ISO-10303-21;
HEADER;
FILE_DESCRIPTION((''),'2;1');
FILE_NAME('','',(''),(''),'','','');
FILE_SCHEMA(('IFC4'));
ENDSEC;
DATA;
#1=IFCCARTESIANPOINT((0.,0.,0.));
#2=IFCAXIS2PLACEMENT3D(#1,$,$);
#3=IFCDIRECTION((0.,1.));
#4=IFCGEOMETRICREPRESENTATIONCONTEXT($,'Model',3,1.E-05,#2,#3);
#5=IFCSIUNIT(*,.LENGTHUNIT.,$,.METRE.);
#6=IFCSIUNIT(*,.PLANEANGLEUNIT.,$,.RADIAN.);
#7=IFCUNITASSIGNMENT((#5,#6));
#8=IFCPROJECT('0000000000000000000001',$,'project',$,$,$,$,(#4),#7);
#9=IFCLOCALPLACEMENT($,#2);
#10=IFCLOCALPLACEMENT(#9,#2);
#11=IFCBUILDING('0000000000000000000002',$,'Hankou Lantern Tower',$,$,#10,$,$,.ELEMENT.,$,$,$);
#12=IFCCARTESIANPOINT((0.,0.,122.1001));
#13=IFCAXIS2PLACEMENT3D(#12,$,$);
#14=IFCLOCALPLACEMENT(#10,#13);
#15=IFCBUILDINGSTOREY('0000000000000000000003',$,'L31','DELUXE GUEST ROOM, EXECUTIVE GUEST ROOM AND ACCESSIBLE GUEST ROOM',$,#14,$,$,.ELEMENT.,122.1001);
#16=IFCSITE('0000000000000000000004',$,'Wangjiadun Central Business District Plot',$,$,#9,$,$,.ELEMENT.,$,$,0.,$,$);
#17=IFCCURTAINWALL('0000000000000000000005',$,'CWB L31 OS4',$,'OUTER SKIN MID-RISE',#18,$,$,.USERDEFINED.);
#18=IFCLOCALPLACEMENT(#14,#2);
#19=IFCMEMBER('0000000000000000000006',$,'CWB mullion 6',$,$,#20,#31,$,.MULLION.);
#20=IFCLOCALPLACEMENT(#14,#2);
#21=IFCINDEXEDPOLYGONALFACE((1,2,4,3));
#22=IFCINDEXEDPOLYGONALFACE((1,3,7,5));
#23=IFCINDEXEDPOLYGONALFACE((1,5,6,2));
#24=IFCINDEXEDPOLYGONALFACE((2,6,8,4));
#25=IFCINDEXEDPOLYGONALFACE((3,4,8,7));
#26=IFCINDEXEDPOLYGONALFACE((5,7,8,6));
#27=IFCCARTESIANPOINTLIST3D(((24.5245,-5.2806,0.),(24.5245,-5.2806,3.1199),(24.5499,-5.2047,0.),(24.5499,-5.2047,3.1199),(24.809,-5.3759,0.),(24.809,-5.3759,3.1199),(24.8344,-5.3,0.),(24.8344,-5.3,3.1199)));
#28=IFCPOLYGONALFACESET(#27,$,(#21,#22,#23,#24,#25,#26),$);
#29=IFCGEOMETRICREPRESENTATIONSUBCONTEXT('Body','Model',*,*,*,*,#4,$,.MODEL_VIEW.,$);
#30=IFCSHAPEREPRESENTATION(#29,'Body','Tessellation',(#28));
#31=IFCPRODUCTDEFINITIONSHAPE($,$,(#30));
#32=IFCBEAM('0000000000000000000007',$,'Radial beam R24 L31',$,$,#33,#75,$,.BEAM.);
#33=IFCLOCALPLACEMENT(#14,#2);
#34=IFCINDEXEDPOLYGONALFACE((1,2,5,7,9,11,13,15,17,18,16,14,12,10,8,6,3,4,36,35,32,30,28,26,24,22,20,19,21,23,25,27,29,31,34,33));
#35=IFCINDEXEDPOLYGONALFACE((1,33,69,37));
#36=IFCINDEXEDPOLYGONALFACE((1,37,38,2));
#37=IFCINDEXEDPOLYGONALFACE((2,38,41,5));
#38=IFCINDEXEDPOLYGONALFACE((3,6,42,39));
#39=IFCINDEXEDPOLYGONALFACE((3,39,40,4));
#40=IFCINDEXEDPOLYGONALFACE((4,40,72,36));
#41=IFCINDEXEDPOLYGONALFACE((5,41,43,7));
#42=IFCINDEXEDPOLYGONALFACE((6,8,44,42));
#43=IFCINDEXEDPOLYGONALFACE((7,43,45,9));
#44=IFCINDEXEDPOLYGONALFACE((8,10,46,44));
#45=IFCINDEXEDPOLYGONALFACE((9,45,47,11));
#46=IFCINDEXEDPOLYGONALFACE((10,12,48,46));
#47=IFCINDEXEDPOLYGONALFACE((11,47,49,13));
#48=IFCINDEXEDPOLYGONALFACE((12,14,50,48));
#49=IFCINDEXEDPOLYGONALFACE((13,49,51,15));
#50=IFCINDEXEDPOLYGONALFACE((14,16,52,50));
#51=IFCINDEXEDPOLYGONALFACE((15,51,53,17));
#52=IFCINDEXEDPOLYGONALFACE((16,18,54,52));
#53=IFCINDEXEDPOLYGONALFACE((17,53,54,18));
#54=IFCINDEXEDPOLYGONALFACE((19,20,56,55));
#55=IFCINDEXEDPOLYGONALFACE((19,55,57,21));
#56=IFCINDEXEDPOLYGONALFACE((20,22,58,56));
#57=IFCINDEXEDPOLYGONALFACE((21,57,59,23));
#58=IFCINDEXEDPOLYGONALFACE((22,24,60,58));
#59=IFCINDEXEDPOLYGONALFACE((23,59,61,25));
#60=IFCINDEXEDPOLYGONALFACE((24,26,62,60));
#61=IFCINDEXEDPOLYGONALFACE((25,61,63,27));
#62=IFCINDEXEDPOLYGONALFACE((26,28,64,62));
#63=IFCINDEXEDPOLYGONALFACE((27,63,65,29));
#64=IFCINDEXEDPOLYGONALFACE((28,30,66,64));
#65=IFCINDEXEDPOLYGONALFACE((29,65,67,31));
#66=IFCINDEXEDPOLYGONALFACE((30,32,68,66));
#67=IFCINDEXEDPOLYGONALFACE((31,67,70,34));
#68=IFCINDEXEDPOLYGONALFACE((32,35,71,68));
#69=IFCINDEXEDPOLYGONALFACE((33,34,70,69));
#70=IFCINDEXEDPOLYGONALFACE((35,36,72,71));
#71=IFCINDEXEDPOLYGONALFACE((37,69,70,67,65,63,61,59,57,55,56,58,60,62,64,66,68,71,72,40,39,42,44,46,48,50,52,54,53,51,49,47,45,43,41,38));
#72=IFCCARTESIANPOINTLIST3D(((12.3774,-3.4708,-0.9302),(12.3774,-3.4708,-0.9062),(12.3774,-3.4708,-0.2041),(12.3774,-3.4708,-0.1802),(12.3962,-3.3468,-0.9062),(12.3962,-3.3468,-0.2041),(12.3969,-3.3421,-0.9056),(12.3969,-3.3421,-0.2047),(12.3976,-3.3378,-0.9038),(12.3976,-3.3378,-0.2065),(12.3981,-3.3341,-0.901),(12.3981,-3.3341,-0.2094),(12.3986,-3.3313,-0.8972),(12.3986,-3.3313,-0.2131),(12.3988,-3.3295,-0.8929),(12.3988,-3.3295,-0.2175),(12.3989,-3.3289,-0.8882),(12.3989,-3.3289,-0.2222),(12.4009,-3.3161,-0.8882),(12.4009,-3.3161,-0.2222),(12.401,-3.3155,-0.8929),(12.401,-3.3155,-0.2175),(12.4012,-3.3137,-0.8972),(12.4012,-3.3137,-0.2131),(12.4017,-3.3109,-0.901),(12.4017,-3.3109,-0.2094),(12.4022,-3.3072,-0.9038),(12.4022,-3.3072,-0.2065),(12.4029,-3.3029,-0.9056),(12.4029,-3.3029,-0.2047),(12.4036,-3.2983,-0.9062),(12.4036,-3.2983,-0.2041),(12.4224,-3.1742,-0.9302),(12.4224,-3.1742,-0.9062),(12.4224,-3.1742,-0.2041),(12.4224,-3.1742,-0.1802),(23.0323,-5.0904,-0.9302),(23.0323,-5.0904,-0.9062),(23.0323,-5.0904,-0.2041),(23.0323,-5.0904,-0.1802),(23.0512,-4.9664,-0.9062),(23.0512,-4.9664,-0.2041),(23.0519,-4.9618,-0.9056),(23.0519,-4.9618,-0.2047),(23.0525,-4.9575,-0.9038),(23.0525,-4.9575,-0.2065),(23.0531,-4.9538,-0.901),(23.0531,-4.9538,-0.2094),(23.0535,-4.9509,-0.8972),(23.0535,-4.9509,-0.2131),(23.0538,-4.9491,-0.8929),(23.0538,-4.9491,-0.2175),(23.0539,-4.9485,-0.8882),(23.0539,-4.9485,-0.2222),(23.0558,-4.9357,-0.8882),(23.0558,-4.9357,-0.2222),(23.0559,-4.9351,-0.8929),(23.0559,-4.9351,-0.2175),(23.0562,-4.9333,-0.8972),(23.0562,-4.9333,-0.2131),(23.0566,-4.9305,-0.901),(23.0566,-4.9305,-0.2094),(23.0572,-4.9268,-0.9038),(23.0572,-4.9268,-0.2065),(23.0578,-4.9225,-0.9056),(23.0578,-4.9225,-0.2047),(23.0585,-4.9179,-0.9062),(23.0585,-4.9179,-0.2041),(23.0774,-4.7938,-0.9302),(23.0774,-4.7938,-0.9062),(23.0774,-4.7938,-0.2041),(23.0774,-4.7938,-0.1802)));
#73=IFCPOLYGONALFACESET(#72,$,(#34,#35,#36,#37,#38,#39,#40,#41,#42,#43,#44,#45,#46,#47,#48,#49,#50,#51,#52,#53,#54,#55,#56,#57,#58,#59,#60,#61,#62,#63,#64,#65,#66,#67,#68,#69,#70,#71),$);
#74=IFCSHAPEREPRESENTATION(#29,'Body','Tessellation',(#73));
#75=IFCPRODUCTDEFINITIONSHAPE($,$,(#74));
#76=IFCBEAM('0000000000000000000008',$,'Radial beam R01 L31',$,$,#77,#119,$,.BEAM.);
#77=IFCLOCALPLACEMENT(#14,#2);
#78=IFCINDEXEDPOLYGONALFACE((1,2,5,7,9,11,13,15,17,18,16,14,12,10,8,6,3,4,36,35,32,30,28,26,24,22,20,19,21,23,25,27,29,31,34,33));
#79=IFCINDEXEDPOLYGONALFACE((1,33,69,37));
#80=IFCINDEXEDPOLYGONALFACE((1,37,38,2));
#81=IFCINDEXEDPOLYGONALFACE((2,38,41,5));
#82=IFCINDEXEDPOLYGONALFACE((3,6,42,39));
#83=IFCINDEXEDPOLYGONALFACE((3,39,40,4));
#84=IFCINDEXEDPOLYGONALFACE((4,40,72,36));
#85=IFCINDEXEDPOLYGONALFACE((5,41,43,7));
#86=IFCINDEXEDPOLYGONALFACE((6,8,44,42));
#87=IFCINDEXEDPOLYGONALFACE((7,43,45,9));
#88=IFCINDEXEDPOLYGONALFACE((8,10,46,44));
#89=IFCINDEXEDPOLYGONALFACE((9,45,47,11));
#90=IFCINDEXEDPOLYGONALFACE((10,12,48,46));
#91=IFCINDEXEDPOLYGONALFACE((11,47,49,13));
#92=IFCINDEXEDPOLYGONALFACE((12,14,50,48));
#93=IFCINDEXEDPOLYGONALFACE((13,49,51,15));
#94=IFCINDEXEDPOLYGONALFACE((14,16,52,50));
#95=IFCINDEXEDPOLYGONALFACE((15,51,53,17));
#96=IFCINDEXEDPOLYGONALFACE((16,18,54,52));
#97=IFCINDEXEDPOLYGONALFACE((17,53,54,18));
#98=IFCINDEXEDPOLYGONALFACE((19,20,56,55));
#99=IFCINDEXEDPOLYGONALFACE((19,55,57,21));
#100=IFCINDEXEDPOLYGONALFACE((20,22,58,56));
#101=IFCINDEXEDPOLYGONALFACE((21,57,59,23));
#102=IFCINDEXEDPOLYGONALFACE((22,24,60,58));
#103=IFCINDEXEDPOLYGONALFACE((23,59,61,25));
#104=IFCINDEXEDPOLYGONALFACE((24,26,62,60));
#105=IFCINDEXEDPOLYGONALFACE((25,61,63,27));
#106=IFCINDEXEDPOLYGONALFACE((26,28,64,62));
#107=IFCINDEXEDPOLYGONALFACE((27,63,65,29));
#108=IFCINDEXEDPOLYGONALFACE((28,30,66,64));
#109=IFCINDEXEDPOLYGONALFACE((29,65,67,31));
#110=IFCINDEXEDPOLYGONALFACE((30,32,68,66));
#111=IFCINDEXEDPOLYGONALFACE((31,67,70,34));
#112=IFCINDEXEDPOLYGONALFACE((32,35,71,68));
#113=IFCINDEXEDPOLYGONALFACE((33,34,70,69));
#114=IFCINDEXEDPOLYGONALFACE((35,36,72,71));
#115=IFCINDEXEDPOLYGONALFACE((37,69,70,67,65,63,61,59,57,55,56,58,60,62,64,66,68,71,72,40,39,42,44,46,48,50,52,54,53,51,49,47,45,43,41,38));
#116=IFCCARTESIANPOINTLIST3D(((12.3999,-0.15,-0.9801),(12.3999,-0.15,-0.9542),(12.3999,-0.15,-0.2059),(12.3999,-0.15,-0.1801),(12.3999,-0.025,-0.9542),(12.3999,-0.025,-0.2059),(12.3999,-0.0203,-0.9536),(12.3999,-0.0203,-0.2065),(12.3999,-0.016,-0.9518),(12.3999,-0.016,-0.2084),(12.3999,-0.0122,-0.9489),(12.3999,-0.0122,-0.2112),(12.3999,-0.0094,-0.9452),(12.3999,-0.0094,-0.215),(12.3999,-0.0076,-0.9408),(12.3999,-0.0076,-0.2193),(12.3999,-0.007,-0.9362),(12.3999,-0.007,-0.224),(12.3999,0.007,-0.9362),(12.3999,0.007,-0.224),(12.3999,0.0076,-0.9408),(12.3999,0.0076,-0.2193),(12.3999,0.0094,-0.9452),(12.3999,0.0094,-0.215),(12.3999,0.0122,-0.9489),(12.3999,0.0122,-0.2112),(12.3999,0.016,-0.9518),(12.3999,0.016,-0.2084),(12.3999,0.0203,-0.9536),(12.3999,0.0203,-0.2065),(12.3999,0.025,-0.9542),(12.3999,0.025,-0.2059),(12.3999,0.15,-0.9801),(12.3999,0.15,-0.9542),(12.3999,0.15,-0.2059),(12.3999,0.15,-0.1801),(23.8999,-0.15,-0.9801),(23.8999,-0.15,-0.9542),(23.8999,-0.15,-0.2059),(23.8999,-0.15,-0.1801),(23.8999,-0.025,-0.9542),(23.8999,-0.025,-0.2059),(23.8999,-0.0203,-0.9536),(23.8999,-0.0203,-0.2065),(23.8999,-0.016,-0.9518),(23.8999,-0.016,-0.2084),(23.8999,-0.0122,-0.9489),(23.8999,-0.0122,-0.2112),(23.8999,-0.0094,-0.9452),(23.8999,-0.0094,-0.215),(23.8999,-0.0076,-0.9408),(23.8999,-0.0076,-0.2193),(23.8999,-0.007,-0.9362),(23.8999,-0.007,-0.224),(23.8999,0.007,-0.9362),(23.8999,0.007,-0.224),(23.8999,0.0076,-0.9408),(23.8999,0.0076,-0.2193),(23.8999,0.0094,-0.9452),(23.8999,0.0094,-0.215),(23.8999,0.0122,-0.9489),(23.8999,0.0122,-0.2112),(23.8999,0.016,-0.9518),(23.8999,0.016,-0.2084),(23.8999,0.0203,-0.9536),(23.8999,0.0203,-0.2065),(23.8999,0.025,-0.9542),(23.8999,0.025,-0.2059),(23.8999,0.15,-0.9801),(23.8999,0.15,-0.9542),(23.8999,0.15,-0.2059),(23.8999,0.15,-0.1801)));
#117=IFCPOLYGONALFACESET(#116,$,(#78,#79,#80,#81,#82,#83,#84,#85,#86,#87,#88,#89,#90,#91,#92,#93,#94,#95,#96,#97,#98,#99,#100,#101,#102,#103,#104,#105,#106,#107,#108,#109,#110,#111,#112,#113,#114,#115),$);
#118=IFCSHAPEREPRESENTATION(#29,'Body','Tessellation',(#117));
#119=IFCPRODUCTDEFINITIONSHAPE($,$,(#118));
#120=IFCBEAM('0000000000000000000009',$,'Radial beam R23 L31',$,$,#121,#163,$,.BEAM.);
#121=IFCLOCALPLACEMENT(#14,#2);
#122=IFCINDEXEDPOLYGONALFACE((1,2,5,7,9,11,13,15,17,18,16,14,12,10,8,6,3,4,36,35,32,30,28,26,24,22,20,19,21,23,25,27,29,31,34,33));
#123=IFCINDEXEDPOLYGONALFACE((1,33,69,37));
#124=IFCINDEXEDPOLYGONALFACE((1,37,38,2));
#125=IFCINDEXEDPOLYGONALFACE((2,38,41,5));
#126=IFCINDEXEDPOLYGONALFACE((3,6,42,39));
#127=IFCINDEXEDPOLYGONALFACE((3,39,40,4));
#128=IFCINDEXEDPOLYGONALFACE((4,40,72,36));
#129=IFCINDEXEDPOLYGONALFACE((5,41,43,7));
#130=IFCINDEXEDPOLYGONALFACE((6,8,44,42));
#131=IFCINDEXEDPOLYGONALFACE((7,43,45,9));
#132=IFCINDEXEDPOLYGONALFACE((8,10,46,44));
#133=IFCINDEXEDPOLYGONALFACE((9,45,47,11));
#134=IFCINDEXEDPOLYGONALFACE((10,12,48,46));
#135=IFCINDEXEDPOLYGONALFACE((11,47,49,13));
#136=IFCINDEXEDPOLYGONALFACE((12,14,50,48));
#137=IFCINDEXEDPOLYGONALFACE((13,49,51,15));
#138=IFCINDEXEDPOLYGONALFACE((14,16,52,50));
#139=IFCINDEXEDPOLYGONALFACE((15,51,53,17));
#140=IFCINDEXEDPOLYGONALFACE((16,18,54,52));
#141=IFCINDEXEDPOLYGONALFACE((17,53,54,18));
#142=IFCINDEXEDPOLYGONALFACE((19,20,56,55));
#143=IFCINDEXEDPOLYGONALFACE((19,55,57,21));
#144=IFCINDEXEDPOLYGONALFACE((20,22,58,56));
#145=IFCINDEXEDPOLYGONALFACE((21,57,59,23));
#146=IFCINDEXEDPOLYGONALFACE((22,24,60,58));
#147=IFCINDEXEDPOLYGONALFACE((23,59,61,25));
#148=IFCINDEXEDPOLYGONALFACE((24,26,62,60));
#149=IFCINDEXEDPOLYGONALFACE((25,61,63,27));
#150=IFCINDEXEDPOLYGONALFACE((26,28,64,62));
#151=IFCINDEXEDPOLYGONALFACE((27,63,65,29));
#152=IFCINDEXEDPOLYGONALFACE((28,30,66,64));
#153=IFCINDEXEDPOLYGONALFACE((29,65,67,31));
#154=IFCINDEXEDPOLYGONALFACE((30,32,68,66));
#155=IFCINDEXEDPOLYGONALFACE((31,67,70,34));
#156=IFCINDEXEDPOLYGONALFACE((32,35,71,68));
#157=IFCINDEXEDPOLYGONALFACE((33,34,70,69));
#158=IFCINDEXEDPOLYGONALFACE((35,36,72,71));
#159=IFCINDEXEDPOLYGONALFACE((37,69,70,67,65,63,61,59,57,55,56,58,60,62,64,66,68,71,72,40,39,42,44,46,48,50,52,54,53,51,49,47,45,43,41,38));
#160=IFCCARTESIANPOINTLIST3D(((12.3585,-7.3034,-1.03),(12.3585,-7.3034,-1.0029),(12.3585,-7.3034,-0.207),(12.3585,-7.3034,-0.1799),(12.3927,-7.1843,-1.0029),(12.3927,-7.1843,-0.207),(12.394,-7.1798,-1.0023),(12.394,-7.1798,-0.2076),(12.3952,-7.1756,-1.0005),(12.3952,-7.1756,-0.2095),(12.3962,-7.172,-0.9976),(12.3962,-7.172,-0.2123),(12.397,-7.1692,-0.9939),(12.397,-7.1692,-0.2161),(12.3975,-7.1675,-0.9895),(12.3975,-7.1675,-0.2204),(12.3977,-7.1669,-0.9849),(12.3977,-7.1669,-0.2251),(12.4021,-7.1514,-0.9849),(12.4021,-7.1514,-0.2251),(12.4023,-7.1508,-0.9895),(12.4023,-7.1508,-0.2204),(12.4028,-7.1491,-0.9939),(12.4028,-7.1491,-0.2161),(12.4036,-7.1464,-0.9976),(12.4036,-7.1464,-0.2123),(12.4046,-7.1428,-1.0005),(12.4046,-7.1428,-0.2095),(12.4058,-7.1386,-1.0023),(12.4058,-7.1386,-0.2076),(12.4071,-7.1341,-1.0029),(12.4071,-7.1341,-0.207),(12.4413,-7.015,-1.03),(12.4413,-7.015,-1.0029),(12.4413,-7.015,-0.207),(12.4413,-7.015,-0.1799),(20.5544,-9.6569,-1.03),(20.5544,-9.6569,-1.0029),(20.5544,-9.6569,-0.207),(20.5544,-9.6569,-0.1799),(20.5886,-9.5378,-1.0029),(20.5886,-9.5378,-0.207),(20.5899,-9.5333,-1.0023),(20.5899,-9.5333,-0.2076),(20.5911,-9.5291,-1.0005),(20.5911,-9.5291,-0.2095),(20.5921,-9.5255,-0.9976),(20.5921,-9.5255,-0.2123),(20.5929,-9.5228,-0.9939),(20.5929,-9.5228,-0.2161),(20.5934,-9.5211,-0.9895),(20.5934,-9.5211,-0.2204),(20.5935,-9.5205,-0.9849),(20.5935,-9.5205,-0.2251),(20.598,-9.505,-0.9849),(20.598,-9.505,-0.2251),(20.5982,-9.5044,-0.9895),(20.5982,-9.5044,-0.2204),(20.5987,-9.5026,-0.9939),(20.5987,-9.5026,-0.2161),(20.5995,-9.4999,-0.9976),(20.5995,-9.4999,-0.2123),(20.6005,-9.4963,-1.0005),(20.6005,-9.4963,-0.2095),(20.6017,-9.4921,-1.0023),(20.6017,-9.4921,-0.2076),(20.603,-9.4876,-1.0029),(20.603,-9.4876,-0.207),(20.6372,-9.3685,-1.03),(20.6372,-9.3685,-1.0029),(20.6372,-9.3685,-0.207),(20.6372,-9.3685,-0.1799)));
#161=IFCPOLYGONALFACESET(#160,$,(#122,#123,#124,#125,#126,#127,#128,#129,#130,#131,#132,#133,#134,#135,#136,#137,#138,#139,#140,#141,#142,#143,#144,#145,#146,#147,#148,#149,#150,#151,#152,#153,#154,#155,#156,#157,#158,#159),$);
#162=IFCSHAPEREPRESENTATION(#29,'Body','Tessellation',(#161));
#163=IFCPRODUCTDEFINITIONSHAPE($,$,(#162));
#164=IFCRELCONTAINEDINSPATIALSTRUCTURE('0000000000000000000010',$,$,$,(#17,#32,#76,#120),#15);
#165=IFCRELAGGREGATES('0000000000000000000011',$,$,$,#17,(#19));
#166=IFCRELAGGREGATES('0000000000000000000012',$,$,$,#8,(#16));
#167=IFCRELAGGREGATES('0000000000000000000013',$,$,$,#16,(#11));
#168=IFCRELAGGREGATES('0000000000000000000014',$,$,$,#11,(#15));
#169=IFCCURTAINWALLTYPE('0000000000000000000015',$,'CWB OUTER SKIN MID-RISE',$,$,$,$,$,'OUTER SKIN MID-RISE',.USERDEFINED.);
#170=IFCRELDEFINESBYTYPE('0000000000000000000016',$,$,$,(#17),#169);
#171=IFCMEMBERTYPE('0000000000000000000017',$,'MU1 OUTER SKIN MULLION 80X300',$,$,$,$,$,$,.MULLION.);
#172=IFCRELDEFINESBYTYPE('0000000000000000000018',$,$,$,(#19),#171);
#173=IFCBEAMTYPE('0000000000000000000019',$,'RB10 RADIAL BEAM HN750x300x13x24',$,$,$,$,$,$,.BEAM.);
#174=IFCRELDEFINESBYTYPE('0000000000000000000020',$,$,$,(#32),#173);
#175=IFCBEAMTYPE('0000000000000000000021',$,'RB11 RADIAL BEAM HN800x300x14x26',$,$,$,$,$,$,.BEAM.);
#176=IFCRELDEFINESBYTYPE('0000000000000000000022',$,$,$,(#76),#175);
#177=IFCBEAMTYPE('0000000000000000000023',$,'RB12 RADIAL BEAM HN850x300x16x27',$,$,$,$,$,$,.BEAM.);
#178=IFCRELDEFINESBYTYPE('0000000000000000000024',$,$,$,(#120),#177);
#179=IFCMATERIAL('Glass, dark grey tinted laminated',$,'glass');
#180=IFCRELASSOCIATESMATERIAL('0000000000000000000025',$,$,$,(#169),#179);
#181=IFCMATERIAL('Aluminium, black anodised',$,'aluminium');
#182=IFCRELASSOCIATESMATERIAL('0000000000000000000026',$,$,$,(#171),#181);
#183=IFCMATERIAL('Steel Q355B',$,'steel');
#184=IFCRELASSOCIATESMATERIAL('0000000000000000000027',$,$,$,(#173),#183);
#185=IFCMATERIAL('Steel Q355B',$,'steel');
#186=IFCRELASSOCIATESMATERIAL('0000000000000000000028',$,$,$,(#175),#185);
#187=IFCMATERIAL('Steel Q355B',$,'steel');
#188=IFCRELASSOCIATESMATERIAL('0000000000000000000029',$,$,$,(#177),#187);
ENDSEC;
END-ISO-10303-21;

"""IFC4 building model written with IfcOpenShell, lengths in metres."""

from ifc_helpers import new_model, si_unit, direction, frame, origin, origin_2d, place, context, subcontext, project, spatial, rectangle, i_section, extrude, material, material_profile, profile_set, type_object, element, aggregate, save


model = new_model("IFC4")

# Units and contexts
model_context = context("Model", 3, precision=1e-05, world=origin(), true_north=direction((0.0, 1.0)))
body_context = subcontext(model_context, "Body", "Model", "MODEL_VIEW")
ifc_project = project(units=[si_unit("LENGTHUNIT", "METRE"), si_unit("PLANEANGLEUNIT", "RADIAN")], contexts=[model_context])

# Site, building, storey
site_placement = place(None, origin())
site = spatial("IfcSite", under=ifc_project, at=site_placement, Name="Wangjiadun Central Business District Plot", CompositionType="ELEMENT", RefElevation=0.0)
building_placement = place(site_placement, origin())
building = spatial("IfcBuilding", under=site, at=building_placement, Name="Hankou Lantern Tower", CompositionType="ELEMENT")
storey_placement = place(building_placement, frame((0.0, 0.0, 122.1001)))
storey = spatial("IfcBuildingStorey", under=building, at=storey_placement, Name="L31", Description="DELUXE GUEST ROOM, EXECUTIVE GUEST ROOM AND ACCESSIBLE GUEST ROOM", CompositionType="ELEMENT", Elevation=122.1001)

# Curtain wall, member
ifc_material_1 = material(Name="Glass, dark grey tinted laminated", Category="glass")
curtain_wall_type = type_object("IfcCurtainWallType", Name="CWB OUTER SKIN MID-RISE", ElementType="OUTER SKIN MID-RISE", PredefinedType="USERDEFINED", material=ifc_material_1)
curtain_wall_placement = place(storey_placement, origin())
curtain_wall = element("IfcCurtainWall", 1, at=curtain_wall_placement, inside=storey, type_object=curtain_wall_type, Name="CWB L31 OS4", ObjectType="OUTER SKIN MID-RISE", PredefinedType="USERDEFINED")
ifc_material_2 = material(Name="Aluminium, black anodised", Category="aluminium")
ifc_material_profile_1 = material_profile(ifc_material_2, rectangle(XDim=0.0801, YDim=0.3, at=origin_2d()), Name="MU1 80X300")
ifc_profile_set_1 = profile_set([ifc_material_profile_1], Name="Aluminium, black anodised")
member_type_1 = type_object("IfcMemberType", Name="MU1 OUTER SKIN MULLION 80X300", PredefinedType="MULLION", material=ifc_profile_set_1)
member_1_placement = place(storey_placement, frame((24.6794, -5.2903, 0.0), z_axis=(0.0, 0.0, 1.0), x_axis=(0.317596, 0.948226, 0.0)))
member_1 = element("IfcMember", 2, at=member_1_placement, type_object=member_type_1, Name="CWB mullion 6", PredefinedType="MULLION", context=body_context, shape_type="SweptSolid", body=[
    extrude(rectangle(XDim=0.0801, YDim=0.3, at=origin_2d()), origin(), (0.0, 0.0, 1.0), 3.1199),
])

# Beams
ifc_material_3 = material(Name="Steel Q355B", Category="steel")
ifc_material_profile_2 = material_profile(ifc_material_3, i_section(OverallWidth=0.3, OverallDepth=0.75, WebThickness=0.0129, FlangeThickness=0.0239, FilletRadius=0.0181, at=origin_2d()), Name="HN750x300x13x24")
ifc_profile_set_2 = profile_set([ifc_material_profile_2], Name="Steel Q355B")
beam_type_1 = type_object("IfcBeamType", Name="RB10 RADIAL BEAM HN750x300x13x24", PredefinedType="BEAM", material=ifc_profile_set_2)
beam_1_placement = place(storey_placement, frame((12.3999, -3.3225, -0.5552), z_axis=(0.988644, -0.15028, 0.0), x_axis=(0.15028, 0.988644, 0.0)))
element("IfcBeam", 3, at=beam_1_placement, inside=storey, type_object=beam_type_1, Name="Radial beam R24 L31", PredefinedType="BEAM", context=body_context, shape_type="SweptSolid", body=[
    extrude(i_section(OverallWidth=0.3, OverallDepth=0.75, WebThickness=0.0129, FlangeThickness=0.0239, FilletRadius=0.0181, at=origin_2d()), origin(), (0.0, 0.0, 1.0), 10.7773),
])
ifc_material_4 = material(Name="Steel Q355B", Category="steel")
ifc_material_profile_3 = material_profile(ifc_material_4, i_section(OverallWidth=0.3, OverallDepth=0.8, WebThickness=0.0139, FlangeThickness=0.0259, FilletRadius=0.0181, at=origin_2d()), Name="HN800x300x14x26")
ifc_profile_set_3 = profile_set([ifc_material_profile_3], Name="Steel Q355B")
beam_type_2 = type_object("IfcBeamType", Name="RB11 RADIAL BEAM HN800x300x14x26", PredefinedType="BEAM", material=ifc_profile_set_3)
beam_2_placement = place(storey_placement, frame((12.3999, 0.0, -0.5801), z_axis=(1.0, 0.0, 0.0), x_axis=(0.0, 1.0, 0.0)))
element("IfcBeam", 4, at=beam_2_placement, inside=storey, type_object=beam_type_2, Name="Radial beam R01 L31", PredefinedType="BEAM", context=body_context, shape_type="SweptSolid", body=[
    extrude(i_section(OverallWidth=0.3, OverallDepth=0.8, WebThickness=0.0139, FlangeThickness=0.0259, FilletRadius=0.0181, at=origin_2d()), origin(), (0.0, 0.0, 1.0), 11.5),
])
ifc_material_5 = material(Name="Steel Q355B", Category="steel")
ifc_material_profile_4 = material_profile(ifc_material_5, i_section(OverallWidth=0.3, OverallDepth=0.8501, WebThickness=0.0161, FlangeThickness=0.0271, FilletRadius=0.0181, at=origin_2d()), Name="HN850x300x16x27")
ifc_profile_set_4 = profile_set([ifc_material_profile_4], Name="Steel Q355B")
beam_type_3 = type_object("IfcBeamType", Name="RB12 RADIAL BEAM HN850x300x16x27", PredefinedType="BEAM", material=ifc_profile_set_4)
beam_3_placement = place(storey_placement, frame((12.3999, -7.1592, -0.605), z_axis=(0.961156, -0.276007, 0.0), x_axis=(0.276007, 0.961156, 0.0)))
element("IfcBeam", 5, at=beam_3_placement, inside=storey, type_object=beam_type_3, Name="Radial beam R23 L31", PredefinedType="BEAM", context=body_context, shape_type="SweptSolid", body=[
    extrude(i_section(OverallWidth=0.3, OverallDepth=0.8501, WebThickness=0.0161, FlangeThickness=0.0271, FilletRadius=0.0181, at=origin_2d()), origin(), (0.0, 0.0, 1.0), 8.5271),
])

aggregate(curtain_wall, [member_1])

save(model, "model.ifc")
